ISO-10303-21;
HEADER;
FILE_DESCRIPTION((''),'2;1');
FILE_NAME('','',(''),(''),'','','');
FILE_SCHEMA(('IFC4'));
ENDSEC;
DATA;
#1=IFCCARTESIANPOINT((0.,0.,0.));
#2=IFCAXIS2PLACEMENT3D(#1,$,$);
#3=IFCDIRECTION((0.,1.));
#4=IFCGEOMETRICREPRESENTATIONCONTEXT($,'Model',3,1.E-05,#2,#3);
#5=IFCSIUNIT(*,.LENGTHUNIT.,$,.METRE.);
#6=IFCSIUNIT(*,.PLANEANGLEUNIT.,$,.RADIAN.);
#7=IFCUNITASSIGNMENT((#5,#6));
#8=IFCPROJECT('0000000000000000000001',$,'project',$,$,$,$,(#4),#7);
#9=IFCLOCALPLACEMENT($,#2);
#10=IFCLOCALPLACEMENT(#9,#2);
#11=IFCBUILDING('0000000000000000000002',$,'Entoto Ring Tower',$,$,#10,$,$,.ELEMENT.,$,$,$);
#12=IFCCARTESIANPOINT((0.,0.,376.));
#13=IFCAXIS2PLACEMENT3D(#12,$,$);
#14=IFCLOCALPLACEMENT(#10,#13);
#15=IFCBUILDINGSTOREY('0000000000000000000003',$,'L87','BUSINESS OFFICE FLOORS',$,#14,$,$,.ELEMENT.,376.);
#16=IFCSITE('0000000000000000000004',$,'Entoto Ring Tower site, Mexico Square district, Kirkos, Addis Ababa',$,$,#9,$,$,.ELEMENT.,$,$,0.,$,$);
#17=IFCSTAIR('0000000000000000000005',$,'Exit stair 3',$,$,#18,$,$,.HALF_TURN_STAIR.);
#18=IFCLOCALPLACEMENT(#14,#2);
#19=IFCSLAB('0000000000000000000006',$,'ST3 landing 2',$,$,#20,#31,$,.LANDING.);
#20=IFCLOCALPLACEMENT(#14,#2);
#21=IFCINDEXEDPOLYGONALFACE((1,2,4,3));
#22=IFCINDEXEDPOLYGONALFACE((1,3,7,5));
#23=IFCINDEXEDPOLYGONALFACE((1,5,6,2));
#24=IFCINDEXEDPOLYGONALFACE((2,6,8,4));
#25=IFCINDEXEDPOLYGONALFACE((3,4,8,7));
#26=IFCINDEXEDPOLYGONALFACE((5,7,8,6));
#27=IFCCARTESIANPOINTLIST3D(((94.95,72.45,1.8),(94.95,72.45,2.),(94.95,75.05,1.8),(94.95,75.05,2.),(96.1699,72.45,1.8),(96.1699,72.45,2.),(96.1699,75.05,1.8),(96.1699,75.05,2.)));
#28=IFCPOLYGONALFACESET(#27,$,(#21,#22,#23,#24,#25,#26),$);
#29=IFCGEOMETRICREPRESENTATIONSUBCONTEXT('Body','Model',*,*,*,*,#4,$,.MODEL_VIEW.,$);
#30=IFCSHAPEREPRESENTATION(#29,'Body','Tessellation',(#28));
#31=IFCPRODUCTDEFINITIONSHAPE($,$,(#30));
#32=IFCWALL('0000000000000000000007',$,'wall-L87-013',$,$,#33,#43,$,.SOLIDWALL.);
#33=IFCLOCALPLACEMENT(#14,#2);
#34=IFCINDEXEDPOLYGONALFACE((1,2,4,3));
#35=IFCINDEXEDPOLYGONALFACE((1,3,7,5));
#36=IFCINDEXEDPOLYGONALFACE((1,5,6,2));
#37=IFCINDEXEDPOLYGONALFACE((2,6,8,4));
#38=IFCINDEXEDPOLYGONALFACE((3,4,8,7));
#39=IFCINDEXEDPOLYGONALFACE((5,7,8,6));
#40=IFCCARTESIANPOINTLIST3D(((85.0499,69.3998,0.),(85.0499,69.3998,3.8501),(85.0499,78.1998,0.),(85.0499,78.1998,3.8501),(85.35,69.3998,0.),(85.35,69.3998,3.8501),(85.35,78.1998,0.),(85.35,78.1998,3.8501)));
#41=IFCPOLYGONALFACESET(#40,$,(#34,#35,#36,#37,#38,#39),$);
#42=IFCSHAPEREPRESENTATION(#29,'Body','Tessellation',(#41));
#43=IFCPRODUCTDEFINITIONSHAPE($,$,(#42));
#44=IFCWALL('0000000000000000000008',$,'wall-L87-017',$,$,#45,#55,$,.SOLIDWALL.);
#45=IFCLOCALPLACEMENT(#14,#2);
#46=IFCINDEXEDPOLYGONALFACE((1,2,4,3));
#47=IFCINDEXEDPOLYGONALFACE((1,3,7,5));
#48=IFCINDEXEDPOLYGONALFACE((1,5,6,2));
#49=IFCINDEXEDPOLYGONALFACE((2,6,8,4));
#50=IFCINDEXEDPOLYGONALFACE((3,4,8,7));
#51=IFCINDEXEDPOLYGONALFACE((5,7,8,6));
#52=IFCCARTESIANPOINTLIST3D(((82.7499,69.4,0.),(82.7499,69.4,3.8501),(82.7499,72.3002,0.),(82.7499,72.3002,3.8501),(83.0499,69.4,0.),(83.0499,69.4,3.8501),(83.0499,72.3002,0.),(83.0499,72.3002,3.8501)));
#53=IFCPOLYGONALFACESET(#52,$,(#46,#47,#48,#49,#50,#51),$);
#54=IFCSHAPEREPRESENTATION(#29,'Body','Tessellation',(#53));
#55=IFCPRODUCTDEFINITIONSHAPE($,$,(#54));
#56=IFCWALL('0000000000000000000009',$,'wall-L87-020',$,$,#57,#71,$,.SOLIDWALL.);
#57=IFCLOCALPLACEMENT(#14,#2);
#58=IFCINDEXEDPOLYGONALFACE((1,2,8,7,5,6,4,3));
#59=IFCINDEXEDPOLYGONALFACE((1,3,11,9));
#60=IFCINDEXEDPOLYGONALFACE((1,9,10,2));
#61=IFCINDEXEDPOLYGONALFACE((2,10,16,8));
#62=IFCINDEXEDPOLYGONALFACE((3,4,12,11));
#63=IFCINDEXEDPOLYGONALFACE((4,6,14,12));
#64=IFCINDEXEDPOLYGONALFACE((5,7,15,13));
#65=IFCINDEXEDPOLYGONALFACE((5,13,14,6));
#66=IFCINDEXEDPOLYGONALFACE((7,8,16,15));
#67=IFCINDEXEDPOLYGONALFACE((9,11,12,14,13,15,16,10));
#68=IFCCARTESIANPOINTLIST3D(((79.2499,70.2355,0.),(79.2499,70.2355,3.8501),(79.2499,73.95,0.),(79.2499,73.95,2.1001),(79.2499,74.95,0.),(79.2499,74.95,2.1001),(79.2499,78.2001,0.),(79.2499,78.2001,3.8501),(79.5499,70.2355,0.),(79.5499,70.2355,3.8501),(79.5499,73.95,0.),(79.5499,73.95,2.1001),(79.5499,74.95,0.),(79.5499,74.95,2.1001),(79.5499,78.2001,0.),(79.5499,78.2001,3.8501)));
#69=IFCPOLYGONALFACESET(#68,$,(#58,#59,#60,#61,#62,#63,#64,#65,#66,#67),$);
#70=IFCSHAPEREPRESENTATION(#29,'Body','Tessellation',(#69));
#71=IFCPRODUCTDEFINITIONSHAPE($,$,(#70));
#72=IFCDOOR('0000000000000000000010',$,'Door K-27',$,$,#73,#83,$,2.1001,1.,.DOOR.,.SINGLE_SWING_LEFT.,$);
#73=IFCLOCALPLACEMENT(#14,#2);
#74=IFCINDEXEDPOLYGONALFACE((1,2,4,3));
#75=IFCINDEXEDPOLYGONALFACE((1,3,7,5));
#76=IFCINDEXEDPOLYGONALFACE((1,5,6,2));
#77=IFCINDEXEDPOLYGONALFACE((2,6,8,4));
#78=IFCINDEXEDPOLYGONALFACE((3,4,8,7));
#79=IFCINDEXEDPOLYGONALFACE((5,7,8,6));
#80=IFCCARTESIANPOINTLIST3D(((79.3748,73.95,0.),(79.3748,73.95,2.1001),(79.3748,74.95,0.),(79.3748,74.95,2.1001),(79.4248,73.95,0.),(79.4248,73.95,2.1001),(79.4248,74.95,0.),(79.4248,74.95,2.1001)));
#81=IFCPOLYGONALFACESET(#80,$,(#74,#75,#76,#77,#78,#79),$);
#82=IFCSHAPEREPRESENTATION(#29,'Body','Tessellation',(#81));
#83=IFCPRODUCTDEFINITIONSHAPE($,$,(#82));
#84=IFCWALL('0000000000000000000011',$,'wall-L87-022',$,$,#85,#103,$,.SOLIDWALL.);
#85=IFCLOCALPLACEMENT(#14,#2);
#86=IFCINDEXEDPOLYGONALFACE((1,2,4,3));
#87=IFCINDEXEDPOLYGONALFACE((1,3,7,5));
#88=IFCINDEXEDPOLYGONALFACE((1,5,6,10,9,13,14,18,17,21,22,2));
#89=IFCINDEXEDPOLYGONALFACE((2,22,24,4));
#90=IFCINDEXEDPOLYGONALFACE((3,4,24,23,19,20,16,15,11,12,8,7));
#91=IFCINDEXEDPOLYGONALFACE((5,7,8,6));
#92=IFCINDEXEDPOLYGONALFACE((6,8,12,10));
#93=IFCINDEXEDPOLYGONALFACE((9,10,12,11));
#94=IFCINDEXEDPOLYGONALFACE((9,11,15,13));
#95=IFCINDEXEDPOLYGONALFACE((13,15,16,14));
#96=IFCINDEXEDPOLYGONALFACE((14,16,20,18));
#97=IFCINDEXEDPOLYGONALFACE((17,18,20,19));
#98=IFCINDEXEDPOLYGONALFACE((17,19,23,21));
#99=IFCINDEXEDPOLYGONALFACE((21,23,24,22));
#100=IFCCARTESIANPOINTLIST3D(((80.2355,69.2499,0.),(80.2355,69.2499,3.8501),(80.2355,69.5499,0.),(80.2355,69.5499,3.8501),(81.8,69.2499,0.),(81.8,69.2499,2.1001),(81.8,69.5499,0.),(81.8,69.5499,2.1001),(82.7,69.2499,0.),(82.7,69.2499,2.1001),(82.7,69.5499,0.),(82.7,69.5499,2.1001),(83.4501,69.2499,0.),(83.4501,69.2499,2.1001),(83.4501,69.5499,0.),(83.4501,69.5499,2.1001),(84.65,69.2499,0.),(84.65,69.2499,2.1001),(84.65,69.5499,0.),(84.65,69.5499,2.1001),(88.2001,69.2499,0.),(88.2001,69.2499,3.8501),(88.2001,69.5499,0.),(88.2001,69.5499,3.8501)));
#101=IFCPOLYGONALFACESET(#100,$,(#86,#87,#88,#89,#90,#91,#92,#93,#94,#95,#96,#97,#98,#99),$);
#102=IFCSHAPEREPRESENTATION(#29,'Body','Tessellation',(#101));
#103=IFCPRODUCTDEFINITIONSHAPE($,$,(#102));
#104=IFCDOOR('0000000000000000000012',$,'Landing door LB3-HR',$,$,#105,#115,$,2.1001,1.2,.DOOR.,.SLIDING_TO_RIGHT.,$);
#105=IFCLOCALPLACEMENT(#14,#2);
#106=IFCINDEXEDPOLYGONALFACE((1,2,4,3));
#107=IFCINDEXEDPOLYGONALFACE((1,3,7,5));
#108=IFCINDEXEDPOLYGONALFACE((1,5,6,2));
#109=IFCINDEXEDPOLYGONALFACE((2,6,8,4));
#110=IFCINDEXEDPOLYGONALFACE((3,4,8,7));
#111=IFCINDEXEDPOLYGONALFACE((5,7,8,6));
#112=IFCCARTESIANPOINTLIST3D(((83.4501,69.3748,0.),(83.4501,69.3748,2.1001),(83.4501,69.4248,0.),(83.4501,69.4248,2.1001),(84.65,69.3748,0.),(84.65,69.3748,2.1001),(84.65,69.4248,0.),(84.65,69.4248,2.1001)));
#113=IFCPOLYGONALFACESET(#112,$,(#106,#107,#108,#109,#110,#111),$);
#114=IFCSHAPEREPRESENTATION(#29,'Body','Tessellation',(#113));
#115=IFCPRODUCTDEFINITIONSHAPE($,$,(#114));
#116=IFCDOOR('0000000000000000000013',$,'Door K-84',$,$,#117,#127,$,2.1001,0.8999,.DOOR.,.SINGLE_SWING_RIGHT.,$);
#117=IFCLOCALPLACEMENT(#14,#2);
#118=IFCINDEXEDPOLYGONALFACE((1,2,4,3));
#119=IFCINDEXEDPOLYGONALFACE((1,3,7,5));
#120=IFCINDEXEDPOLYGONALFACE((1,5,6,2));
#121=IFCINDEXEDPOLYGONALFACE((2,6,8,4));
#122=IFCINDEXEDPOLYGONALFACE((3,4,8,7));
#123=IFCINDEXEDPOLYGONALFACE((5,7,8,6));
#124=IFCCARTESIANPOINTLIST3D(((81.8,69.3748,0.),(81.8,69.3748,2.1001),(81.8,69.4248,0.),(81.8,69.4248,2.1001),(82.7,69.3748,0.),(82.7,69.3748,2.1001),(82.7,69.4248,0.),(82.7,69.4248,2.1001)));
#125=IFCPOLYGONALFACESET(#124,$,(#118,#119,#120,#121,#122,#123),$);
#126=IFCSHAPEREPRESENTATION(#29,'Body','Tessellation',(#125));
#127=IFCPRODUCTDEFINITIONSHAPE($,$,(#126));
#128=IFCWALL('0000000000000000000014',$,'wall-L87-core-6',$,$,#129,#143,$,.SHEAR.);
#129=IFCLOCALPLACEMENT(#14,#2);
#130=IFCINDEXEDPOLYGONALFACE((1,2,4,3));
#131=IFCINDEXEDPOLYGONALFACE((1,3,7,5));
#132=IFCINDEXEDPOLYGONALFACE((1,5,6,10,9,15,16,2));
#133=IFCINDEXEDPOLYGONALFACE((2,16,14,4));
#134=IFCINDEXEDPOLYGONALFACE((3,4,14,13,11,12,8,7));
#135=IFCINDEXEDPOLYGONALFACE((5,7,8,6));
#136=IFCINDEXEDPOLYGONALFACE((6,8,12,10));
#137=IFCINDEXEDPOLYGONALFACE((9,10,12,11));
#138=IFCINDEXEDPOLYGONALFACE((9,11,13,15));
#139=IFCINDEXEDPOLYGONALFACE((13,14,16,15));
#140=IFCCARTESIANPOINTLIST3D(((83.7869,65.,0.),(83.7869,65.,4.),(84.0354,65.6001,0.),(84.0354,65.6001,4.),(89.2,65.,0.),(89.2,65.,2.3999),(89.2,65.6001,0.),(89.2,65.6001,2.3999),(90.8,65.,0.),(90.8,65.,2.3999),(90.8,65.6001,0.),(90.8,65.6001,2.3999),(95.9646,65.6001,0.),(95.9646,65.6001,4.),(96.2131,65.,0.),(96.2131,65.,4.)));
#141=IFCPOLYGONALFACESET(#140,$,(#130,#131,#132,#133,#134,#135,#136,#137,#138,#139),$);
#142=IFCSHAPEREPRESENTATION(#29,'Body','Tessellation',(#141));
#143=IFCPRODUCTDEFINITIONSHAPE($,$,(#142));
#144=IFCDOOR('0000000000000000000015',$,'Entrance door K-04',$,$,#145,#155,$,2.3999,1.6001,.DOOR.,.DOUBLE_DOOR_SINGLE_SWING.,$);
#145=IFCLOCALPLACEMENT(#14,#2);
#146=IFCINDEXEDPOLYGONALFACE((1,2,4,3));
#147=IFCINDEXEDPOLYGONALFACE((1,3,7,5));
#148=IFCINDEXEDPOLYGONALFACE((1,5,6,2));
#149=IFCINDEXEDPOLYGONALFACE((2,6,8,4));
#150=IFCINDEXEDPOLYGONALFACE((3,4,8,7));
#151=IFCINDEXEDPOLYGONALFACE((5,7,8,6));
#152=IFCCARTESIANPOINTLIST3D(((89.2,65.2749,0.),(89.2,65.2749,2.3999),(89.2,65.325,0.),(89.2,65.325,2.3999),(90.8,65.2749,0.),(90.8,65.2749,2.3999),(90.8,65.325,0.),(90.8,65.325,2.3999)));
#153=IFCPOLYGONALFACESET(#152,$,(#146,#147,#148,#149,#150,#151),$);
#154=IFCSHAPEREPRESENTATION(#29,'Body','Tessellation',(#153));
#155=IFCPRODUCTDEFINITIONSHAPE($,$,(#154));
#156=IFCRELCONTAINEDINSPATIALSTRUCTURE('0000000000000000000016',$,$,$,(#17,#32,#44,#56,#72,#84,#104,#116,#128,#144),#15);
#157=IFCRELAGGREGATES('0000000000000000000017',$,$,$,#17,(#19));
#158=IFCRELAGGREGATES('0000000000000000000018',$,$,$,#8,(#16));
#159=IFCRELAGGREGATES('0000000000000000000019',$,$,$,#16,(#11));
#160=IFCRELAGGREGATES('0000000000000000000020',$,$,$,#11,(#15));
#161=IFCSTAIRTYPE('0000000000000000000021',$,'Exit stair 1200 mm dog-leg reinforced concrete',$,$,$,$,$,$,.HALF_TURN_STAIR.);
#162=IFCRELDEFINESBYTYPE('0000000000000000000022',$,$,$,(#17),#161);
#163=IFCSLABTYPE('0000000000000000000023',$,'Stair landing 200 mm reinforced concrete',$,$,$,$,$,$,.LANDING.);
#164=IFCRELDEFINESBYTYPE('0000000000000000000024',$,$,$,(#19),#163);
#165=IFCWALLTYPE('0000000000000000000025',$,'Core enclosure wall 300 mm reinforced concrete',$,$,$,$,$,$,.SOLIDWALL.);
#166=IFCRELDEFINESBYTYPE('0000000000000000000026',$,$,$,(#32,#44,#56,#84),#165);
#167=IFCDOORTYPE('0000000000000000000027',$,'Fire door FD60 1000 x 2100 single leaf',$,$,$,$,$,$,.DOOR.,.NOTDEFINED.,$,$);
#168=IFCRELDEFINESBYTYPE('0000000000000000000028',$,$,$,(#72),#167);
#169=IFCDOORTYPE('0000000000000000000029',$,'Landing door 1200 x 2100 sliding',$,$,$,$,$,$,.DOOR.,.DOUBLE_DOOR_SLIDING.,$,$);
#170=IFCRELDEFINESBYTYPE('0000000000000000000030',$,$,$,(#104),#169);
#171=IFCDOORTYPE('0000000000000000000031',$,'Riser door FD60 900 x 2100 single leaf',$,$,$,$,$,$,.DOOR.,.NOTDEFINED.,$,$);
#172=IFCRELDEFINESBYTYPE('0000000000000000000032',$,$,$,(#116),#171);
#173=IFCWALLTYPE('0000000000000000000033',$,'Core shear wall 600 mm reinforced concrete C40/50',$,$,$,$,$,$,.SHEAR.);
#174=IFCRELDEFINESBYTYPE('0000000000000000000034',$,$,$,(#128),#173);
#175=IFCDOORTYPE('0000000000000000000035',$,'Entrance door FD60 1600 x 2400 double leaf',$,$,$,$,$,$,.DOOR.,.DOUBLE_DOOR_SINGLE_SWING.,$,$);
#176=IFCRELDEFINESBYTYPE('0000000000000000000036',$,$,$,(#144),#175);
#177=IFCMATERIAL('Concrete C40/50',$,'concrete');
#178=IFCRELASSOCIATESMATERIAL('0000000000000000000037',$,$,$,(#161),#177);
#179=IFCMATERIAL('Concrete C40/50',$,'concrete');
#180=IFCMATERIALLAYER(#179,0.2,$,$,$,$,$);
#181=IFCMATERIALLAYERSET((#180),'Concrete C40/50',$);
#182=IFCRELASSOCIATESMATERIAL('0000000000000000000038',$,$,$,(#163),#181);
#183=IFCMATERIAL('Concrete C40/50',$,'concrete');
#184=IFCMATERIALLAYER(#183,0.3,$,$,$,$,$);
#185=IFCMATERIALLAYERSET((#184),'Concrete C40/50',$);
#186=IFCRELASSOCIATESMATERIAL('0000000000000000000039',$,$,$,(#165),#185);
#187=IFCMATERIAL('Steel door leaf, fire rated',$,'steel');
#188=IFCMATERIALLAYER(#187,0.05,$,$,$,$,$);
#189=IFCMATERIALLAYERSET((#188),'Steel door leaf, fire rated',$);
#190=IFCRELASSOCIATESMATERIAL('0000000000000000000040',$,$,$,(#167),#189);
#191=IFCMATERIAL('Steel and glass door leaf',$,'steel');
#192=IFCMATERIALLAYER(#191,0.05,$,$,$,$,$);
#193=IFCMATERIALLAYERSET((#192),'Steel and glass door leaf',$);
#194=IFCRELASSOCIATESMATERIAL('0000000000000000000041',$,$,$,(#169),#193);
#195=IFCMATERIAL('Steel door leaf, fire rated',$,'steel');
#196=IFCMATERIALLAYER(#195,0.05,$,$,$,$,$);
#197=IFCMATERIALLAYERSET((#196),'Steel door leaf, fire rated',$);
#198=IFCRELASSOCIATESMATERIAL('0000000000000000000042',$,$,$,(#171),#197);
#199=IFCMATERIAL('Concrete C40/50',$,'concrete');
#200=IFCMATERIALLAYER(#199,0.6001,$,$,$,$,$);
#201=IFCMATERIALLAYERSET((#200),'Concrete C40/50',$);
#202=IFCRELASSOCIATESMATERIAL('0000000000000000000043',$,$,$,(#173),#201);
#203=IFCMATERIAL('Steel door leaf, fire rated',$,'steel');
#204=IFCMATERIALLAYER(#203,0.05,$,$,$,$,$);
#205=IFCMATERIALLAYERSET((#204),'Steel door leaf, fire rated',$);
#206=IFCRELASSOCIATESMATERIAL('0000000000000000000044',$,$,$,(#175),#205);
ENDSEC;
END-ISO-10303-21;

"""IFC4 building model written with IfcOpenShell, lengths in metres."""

from ifc_helpers import new_model, si_unit, direction, frame, frame_2d, origin, place, context, subcontext, project, spatial, polyline, rectangle, outline, extrude, material, layer, layer_set, type_object, element, fill, aggregate, save


model = new_model("IFC4")

# Units and contexts
model_context = context("Model", 3, precision=1e-05, world=origin(), true_north=direction((0.0, 1.0)))
body_context = subcontext(model_context, "Body", "Model", "MODEL_VIEW")
ifc_project = project(units=[si_unit("LENGTHUNIT", "METRE"), si_unit("PLANEANGLEUNIT", "RADIAN")], contexts=[model_context])

# Site, building, storey
site_placement = place(None, origin())
site = spatial("IfcSite", under=ifc_project, at=site_placement, Name="Entoto Ring Tower site, Mexico Square district, Kirkos, Addis Ababa", CompositionType="ELEMENT", RefElevation=0.0)
building_placement = place(site_placement, origin())
building = spatial("IfcBuilding", under=site, at=building_placement, Name="Entoto Ring Tower", CompositionType="ELEMENT")
storey_placement = place(building_placement, frame((0.0, 0.0, 376.0)))
storey = spatial("IfcBuildingStorey", under=building, at=storey_placement, Name="L87", Description="BUSINESS OFFICE FLOORS", CompositionType="ELEMENT", Elevation=376.0)

# Stair, slab
ifc_material_1 = material(Name="Concrete C40/50", Category="concrete")
stair_type = type_object("IfcStairType", Name="Exit stair 1200 mm dog-leg reinforced concrete", PredefinedType="HALF_TURN_STAIR", material=ifc_material_1)
stair_placement = place(storey_placement, origin())
stair = element("IfcStair", 1, at=stair_placement, inside=storey, type_object=stair_type, Name="Exit stair 3", PredefinedType="HALF_TURN_STAIR")
ifc_material_2 = material(Name="Concrete C40/50", Category="concrete")
ifc_layer_1 = layer(ifc_material_2, 0.2)
ifc_layer_set_1 = layer_set([ifc_layer_1], Name="Concrete C40/50")
slab_type_1 = type_object("IfcSlabType", Name="Stair landing 200 mm reinforced concrete", PredefinedType="LANDING", material=ifc_layer_set_1)
slab_1_placement = place(storey_placement, frame((0.0, 0.0, 1.8)))
slab_1 = element("IfcSlab", 2, at=slab_1_placement, type_object=slab_type_1, Name="ST3 landing 2", PredefinedType="LANDING", context=body_context, shape_type="SweptSolid", body=[
    extrude(outline(polyline([(94.95, 72.45), (96.1699, 72.45), (96.1699, 75.05), (94.95, 75.05), (94.95, 72.45)])), origin(), (0.0, 0.0, 1.0), 0.2),
])
aggregate(stair, [slab_1])

# Walls
ifc_material_3 = material(Name="Concrete C40/50", Category="concrete")
ifc_layer_2 = layer(ifc_material_3, 0.3)
ifc_layer_set_2 = layer_set([ifc_layer_2], Name="Concrete C40/50")
wall_type_1 = type_object("IfcWallType", Name="Core enclosure wall 300 mm reinforced concrete", PredefinedType="SOLIDWALL", material=ifc_layer_set_2)
wall_1_placement = place(storey_placement, frame((85.2, 69.3999, 0.0), z_axis=(0.0, 0.0, 1.0), x_axis=(0.0, 1.0, 0.0)))
element("IfcWall", 3, at=wall_1_placement, inside=storey, type_object=wall_type_1, Name="wall-L87-013", PredefinedType="SOLIDWALL", context=body_context, shape_type="SweptSolid", body=[
    extrude(rectangle(XDim=8.8, YDim=0.3, at=frame_2d((4.3999, 0.0))), origin(), (0.0, 0.0, 1.0), 3.8501),
])
wall_2_placement = place(storey_placement, frame((82.8999, 69.3999, 0.0), z_axis=(0.0, 0.0, 1.0), x_axis=(0.0, 1.0, 0.0)))
element("IfcWall", 4, at=wall_2_placement, inside=storey, type_object=wall_type_1, Name="wall-L87-017", PredefinedType="SOLIDWALL", context=body_context, shape_type="SweptSolid", body=[
    extrude(rectangle(XDim=2.9001, YDim=0.3, at=frame_2d((1.4502, 0.0))), origin(), (0.0, 0.0, 1.0), 3.8501),
])

# Wall, opening, door
wall_3_placement = place(storey_placement, frame((79.3999, 70.2354, 0.0), z_axis=(0.0, 0.0, 1.0), x_axis=(0.0, 1.0, 0.0)))
wall_3 = element("IfcWall", 5, at=wall_3_placement, inside=storey, type_object=wall_type_1, Name="wall-L87-020", PredefinedType="SOLIDWALL", context=body_context, shape_type="SweptSolid", body=[
    extrude(rectangle(XDim=7.9646, YDim=0.3, at=frame_2d((3.9824, 0.0))), origin(), (0.0, 0.0, 1.0), 3.8501),
])
opening_1_placement = place(wall_3_placement, frame((3.7146, 0.0, 0.0)))
opening_1 = element("IfcOpeningElement", 6, at=opening_1_placement, cuts=wall_3, PredefinedType="OPENING", context=body_context, shape_type="SweptSolid", body=[
    extrude(rectangle(XDim=1.0, YDim=2.1001, at=frame_2d((0.5, 1.05))), frame((0.0, 0.1602, 0.0), z_axis=(0.0, -1.0, 0.0), x_axis=(1.0, 0.0, 0.0)), (0.0, 0.0, 1.0), 0.3201),
])
ifc_material_4 = material(Name="Steel door leaf, fire rated", Category="steel")
ifc_layer_3 = layer(ifc_material_4, 0.05)
ifc_layer_set_3 = layer_set([ifc_layer_3], Name="Steel door leaf, fire rated")
door_type_1 = type_object("IfcDoorType", Name="Fire door FD60 1000 x 2100 single leaf", OperationType="NOTDEFINED", PredefinedType="DOOR", material=ifc_layer_set_3)
door_1_placement = place(opening_1_placement, frame((1.0, 0.0, 0.0), z_axis=(0.0, 0.0, 1.0), x_axis=(-1.0, 0.0, 0.0)))
door_1 = element("IfcDoor", 7, at=door_1_placement, inside=storey, type_object=door_type_1, Name="Door K-27", OperationType="SINGLE_SWING_LEFT", OverallHeight=2.1001, OverallWidth=1.0, PredefinedType="DOOR", context=body_context, shape_type="SweptSolid", body=[
    extrude(rectangle(XDim=1.0, YDim=2.1001, at=frame_2d((0.5, 1.05))), frame((0.0, 0.0249, 0.0), z_axis=(0.0, -1.0, 0.0), x_axis=(1.0, 0.0, 0.0)), (0.0, 0.0, 1.0), 0.05),
])
fill(opening_1, door_1)

# Wall, openings, doors
wall_4_placement = place(storey_placement, frame((80.2354, 69.3999, 0.0), z_axis=(0.0, 0.0, 1.0), x_axis=(1.0, 0.0, 0.0)))
wall_4 = element("IfcWall", 8, at=wall_4_placement, inside=storey, type_object=wall_type_1, Name="wall-L87-022", PredefinedType="SOLIDWALL", context=body_context, shape_type="SweptSolid", body=[
    extrude(rectangle(XDim=7.9646, YDim=0.3, at=frame_2d((3.9824, 0.0))), origin(), (0.0, 0.0, 1.0), 3.8501),
])
opening_2_placement = place(wall_4_placement, frame((3.2146, 0.0, 0.0)))
opening_2 = element("IfcOpeningElement", 9, at=opening_2_placement, cuts=wall_4, PredefinedType="OPENING", context=body_context, shape_type="SweptSolid", body=[
    extrude(rectangle(XDim=1.2, YDim=2.1001, at=frame_2d((0.6001, 1.05))), frame((0.0, 0.1602, 0.0), z_axis=(0.0, -1.0, 0.0), x_axis=(1.0, 0.0, 0.0)), (0.0, 0.0, 1.0), 0.3201),
])
opening_3_placement = place(wall_4_placement, frame((1.5647, 0.0, 0.0)))
opening_3 = element("IfcOpeningElement", 10, at=opening_3_placement, cuts=wall_4, PredefinedType="OPENING", context=body_context, shape_type="SweptSolid", body=[
    extrude(rectangle(XDim=0.8999, YDim=2.1001, at=frame_2d((0.45, 1.05))), frame((0.0, 0.1602, 0.0), z_axis=(0.0, -1.0, 0.0), x_axis=(1.0, 0.0, 0.0)), (0.0, 0.0, 1.0), 0.3201),
])
ifc_material_5 = material(Name="Steel and glass door leaf", Category="steel")
ifc_layer_4 = layer(ifc_material_5, 0.05)
ifc_layer_set_4 = layer_set([ifc_layer_4], Name="Steel and glass door leaf")
door_type_2 = type_object("IfcDoorType", Name="Landing door 1200 x 2100 sliding", OperationType="DOUBLE_DOOR_SLIDING", PredefinedType="DOOR", material=ifc_layer_set_4)
door_2_placement = place(opening_2_placement, origin())
door_2 = element("IfcDoor", 11, at=door_2_placement, inside=storey, type_object=door_type_2, Name="Landing door LB3-HR", OperationType="SLIDING_TO_RIGHT", OverallHeight=2.1001, OverallWidth=1.2, PredefinedType="DOOR", context=body_context, shape_type="SweptSolid", body=[
    extrude(rectangle(XDim=1.2, YDim=2.1001, at=frame_2d((0.6001, 1.05))), frame((0.0, 0.0249, 0.0), z_axis=(0.0, -1.0, 0.0), x_axis=(1.0, 0.0, 0.0)), (0.0, 0.0, 1.0), 0.05),
])
fill(opening_2, door_2)
ifc_material_6 = material(Name="Steel door leaf, fire rated", Category="steel")
ifc_layer_5 = layer(ifc_material_6, 0.05)
ifc_layer_set_5 = layer_set([ifc_layer_5], Name="Steel door leaf, fire rated")
door_type_3 = type_object("IfcDoorType", Name="Riser door FD60 900 x 2100 single leaf", OperationType="NOTDEFINED", PredefinedType="DOOR", material=ifc_layer_set_5)
door_3_placement = place(opening_3_placement, origin())
door_3 = element("IfcDoor", 12, at=door_3_placement, inside=storey, type_object=door_type_3, Name="Door K-84", OperationType="SINGLE_SWING_RIGHT", OverallHeight=2.1001, OverallWidth=0.8999, PredefinedType="DOOR", context=body_context, shape_type="SweptSolid", body=[
    extrude(rectangle(XDim=0.8999, YDim=2.1001, at=frame_2d((0.45, 1.05))), frame((0.0, 0.0249, 0.0), z_axis=(0.0, -1.0, 0.0), x_axis=(1.0, 0.0, 0.0)), (0.0, 0.0, 1.0), 0.05),
])
fill(opening_3, door_3)

# Wall, opening, door
ifc_material_7 = material(Name="Concrete C40/50", Category="concrete")
ifc_layer_6 = layer(ifc_material_7, 0.6001)
ifc_layer_set_6 = layer_set([ifc_layer_6], Name="Concrete C40/50")
wall_type_2 = type_object("IfcWallType", Name="Core shear wall 600 mm reinforced concrete C40/50", PredefinedType="SHEAR", material=ifc_layer_set_6)
wall_5_placement = place(storey_placement, frame((83.9111, 65.3, 0.0), z_axis=(0.0, 0.0, 1.0), x_axis=(1.0, 0.0, 0.0)))
wall_5 = element("IfcWall", 13, at=wall_5_placement, inside=storey, type_object=wall_type_2, Name="wall-L87-core-6", PredefinedType="SHEAR", context=body_context, shape_type="SweptSolid", body=[
    extrude(outline(polyline([(-0.1243, -0.3), (12.302, -0.3), (12.0535, 0.3), (0.1243, 0.3), (-0.1243, -0.3)])), origin(), (0.0, 0.0, 1.0), 4.0),
])
opening_4_placement = place(wall_5_placement, frame((5.2888, 0.0, 0.0)))
opening_4 = element("IfcOpeningElement", 14, at=opening_4_placement, cuts=wall_5, PredefinedType="OPENING", context=body_context, shape_type="SweptSolid", body=[
    extrude(rectangle(XDim=1.6001, YDim=2.3999, at=frame_2d((0.8, 1.2))), frame((0.0, 0.3101, 0.0), z_axis=(0.0, -1.0, 0.0), x_axis=(1.0, 0.0, 0.0)), (0.0, 0.0, 1.0), 0.6201),
])
ifc_material_8 = material(Name="Steel door leaf, fire rated", Category="steel")
ifc_layer_7 = layer(ifc_material_8, 0.05)
ifc_layer_set_7 = layer_set([ifc_layer_7], Name="Steel door leaf, fire rated")
door_type_4 = type_object("IfcDoorType", Name="Entrance door FD60 1600 x 2400 double leaf", OperationType="DOUBLE_DOOR_SINGLE_SWING", PredefinedType="DOOR", material=ifc_layer_set_7)
door_4_placement = place(opening_4_placement, origin())
door_4 = element("IfcDoor", 15, at=door_4_placement, inside=storey, type_object=door_type_4, Name="Entrance door K-04", OperationType="DOUBLE_DOOR_SINGLE_SWING", OverallHeight=2.3999, OverallWidth=1.6001, PredefinedType="DOOR", context=body_context, shape_type="SweptSolid", body=[
    extrude(rectangle(XDim=1.6001, YDim=2.3999, at=frame_2d((0.8, 1.2))), frame((0.0, 0.0249, 0.0), z_axis=(0.0, -1.0, 0.0), x_axis=(1.0, 0.0, 0.0)), (0.0, 0.0, 1.0), 0.05),
])
fill(opening_4, door_4)

save(model, "model.ifc")
